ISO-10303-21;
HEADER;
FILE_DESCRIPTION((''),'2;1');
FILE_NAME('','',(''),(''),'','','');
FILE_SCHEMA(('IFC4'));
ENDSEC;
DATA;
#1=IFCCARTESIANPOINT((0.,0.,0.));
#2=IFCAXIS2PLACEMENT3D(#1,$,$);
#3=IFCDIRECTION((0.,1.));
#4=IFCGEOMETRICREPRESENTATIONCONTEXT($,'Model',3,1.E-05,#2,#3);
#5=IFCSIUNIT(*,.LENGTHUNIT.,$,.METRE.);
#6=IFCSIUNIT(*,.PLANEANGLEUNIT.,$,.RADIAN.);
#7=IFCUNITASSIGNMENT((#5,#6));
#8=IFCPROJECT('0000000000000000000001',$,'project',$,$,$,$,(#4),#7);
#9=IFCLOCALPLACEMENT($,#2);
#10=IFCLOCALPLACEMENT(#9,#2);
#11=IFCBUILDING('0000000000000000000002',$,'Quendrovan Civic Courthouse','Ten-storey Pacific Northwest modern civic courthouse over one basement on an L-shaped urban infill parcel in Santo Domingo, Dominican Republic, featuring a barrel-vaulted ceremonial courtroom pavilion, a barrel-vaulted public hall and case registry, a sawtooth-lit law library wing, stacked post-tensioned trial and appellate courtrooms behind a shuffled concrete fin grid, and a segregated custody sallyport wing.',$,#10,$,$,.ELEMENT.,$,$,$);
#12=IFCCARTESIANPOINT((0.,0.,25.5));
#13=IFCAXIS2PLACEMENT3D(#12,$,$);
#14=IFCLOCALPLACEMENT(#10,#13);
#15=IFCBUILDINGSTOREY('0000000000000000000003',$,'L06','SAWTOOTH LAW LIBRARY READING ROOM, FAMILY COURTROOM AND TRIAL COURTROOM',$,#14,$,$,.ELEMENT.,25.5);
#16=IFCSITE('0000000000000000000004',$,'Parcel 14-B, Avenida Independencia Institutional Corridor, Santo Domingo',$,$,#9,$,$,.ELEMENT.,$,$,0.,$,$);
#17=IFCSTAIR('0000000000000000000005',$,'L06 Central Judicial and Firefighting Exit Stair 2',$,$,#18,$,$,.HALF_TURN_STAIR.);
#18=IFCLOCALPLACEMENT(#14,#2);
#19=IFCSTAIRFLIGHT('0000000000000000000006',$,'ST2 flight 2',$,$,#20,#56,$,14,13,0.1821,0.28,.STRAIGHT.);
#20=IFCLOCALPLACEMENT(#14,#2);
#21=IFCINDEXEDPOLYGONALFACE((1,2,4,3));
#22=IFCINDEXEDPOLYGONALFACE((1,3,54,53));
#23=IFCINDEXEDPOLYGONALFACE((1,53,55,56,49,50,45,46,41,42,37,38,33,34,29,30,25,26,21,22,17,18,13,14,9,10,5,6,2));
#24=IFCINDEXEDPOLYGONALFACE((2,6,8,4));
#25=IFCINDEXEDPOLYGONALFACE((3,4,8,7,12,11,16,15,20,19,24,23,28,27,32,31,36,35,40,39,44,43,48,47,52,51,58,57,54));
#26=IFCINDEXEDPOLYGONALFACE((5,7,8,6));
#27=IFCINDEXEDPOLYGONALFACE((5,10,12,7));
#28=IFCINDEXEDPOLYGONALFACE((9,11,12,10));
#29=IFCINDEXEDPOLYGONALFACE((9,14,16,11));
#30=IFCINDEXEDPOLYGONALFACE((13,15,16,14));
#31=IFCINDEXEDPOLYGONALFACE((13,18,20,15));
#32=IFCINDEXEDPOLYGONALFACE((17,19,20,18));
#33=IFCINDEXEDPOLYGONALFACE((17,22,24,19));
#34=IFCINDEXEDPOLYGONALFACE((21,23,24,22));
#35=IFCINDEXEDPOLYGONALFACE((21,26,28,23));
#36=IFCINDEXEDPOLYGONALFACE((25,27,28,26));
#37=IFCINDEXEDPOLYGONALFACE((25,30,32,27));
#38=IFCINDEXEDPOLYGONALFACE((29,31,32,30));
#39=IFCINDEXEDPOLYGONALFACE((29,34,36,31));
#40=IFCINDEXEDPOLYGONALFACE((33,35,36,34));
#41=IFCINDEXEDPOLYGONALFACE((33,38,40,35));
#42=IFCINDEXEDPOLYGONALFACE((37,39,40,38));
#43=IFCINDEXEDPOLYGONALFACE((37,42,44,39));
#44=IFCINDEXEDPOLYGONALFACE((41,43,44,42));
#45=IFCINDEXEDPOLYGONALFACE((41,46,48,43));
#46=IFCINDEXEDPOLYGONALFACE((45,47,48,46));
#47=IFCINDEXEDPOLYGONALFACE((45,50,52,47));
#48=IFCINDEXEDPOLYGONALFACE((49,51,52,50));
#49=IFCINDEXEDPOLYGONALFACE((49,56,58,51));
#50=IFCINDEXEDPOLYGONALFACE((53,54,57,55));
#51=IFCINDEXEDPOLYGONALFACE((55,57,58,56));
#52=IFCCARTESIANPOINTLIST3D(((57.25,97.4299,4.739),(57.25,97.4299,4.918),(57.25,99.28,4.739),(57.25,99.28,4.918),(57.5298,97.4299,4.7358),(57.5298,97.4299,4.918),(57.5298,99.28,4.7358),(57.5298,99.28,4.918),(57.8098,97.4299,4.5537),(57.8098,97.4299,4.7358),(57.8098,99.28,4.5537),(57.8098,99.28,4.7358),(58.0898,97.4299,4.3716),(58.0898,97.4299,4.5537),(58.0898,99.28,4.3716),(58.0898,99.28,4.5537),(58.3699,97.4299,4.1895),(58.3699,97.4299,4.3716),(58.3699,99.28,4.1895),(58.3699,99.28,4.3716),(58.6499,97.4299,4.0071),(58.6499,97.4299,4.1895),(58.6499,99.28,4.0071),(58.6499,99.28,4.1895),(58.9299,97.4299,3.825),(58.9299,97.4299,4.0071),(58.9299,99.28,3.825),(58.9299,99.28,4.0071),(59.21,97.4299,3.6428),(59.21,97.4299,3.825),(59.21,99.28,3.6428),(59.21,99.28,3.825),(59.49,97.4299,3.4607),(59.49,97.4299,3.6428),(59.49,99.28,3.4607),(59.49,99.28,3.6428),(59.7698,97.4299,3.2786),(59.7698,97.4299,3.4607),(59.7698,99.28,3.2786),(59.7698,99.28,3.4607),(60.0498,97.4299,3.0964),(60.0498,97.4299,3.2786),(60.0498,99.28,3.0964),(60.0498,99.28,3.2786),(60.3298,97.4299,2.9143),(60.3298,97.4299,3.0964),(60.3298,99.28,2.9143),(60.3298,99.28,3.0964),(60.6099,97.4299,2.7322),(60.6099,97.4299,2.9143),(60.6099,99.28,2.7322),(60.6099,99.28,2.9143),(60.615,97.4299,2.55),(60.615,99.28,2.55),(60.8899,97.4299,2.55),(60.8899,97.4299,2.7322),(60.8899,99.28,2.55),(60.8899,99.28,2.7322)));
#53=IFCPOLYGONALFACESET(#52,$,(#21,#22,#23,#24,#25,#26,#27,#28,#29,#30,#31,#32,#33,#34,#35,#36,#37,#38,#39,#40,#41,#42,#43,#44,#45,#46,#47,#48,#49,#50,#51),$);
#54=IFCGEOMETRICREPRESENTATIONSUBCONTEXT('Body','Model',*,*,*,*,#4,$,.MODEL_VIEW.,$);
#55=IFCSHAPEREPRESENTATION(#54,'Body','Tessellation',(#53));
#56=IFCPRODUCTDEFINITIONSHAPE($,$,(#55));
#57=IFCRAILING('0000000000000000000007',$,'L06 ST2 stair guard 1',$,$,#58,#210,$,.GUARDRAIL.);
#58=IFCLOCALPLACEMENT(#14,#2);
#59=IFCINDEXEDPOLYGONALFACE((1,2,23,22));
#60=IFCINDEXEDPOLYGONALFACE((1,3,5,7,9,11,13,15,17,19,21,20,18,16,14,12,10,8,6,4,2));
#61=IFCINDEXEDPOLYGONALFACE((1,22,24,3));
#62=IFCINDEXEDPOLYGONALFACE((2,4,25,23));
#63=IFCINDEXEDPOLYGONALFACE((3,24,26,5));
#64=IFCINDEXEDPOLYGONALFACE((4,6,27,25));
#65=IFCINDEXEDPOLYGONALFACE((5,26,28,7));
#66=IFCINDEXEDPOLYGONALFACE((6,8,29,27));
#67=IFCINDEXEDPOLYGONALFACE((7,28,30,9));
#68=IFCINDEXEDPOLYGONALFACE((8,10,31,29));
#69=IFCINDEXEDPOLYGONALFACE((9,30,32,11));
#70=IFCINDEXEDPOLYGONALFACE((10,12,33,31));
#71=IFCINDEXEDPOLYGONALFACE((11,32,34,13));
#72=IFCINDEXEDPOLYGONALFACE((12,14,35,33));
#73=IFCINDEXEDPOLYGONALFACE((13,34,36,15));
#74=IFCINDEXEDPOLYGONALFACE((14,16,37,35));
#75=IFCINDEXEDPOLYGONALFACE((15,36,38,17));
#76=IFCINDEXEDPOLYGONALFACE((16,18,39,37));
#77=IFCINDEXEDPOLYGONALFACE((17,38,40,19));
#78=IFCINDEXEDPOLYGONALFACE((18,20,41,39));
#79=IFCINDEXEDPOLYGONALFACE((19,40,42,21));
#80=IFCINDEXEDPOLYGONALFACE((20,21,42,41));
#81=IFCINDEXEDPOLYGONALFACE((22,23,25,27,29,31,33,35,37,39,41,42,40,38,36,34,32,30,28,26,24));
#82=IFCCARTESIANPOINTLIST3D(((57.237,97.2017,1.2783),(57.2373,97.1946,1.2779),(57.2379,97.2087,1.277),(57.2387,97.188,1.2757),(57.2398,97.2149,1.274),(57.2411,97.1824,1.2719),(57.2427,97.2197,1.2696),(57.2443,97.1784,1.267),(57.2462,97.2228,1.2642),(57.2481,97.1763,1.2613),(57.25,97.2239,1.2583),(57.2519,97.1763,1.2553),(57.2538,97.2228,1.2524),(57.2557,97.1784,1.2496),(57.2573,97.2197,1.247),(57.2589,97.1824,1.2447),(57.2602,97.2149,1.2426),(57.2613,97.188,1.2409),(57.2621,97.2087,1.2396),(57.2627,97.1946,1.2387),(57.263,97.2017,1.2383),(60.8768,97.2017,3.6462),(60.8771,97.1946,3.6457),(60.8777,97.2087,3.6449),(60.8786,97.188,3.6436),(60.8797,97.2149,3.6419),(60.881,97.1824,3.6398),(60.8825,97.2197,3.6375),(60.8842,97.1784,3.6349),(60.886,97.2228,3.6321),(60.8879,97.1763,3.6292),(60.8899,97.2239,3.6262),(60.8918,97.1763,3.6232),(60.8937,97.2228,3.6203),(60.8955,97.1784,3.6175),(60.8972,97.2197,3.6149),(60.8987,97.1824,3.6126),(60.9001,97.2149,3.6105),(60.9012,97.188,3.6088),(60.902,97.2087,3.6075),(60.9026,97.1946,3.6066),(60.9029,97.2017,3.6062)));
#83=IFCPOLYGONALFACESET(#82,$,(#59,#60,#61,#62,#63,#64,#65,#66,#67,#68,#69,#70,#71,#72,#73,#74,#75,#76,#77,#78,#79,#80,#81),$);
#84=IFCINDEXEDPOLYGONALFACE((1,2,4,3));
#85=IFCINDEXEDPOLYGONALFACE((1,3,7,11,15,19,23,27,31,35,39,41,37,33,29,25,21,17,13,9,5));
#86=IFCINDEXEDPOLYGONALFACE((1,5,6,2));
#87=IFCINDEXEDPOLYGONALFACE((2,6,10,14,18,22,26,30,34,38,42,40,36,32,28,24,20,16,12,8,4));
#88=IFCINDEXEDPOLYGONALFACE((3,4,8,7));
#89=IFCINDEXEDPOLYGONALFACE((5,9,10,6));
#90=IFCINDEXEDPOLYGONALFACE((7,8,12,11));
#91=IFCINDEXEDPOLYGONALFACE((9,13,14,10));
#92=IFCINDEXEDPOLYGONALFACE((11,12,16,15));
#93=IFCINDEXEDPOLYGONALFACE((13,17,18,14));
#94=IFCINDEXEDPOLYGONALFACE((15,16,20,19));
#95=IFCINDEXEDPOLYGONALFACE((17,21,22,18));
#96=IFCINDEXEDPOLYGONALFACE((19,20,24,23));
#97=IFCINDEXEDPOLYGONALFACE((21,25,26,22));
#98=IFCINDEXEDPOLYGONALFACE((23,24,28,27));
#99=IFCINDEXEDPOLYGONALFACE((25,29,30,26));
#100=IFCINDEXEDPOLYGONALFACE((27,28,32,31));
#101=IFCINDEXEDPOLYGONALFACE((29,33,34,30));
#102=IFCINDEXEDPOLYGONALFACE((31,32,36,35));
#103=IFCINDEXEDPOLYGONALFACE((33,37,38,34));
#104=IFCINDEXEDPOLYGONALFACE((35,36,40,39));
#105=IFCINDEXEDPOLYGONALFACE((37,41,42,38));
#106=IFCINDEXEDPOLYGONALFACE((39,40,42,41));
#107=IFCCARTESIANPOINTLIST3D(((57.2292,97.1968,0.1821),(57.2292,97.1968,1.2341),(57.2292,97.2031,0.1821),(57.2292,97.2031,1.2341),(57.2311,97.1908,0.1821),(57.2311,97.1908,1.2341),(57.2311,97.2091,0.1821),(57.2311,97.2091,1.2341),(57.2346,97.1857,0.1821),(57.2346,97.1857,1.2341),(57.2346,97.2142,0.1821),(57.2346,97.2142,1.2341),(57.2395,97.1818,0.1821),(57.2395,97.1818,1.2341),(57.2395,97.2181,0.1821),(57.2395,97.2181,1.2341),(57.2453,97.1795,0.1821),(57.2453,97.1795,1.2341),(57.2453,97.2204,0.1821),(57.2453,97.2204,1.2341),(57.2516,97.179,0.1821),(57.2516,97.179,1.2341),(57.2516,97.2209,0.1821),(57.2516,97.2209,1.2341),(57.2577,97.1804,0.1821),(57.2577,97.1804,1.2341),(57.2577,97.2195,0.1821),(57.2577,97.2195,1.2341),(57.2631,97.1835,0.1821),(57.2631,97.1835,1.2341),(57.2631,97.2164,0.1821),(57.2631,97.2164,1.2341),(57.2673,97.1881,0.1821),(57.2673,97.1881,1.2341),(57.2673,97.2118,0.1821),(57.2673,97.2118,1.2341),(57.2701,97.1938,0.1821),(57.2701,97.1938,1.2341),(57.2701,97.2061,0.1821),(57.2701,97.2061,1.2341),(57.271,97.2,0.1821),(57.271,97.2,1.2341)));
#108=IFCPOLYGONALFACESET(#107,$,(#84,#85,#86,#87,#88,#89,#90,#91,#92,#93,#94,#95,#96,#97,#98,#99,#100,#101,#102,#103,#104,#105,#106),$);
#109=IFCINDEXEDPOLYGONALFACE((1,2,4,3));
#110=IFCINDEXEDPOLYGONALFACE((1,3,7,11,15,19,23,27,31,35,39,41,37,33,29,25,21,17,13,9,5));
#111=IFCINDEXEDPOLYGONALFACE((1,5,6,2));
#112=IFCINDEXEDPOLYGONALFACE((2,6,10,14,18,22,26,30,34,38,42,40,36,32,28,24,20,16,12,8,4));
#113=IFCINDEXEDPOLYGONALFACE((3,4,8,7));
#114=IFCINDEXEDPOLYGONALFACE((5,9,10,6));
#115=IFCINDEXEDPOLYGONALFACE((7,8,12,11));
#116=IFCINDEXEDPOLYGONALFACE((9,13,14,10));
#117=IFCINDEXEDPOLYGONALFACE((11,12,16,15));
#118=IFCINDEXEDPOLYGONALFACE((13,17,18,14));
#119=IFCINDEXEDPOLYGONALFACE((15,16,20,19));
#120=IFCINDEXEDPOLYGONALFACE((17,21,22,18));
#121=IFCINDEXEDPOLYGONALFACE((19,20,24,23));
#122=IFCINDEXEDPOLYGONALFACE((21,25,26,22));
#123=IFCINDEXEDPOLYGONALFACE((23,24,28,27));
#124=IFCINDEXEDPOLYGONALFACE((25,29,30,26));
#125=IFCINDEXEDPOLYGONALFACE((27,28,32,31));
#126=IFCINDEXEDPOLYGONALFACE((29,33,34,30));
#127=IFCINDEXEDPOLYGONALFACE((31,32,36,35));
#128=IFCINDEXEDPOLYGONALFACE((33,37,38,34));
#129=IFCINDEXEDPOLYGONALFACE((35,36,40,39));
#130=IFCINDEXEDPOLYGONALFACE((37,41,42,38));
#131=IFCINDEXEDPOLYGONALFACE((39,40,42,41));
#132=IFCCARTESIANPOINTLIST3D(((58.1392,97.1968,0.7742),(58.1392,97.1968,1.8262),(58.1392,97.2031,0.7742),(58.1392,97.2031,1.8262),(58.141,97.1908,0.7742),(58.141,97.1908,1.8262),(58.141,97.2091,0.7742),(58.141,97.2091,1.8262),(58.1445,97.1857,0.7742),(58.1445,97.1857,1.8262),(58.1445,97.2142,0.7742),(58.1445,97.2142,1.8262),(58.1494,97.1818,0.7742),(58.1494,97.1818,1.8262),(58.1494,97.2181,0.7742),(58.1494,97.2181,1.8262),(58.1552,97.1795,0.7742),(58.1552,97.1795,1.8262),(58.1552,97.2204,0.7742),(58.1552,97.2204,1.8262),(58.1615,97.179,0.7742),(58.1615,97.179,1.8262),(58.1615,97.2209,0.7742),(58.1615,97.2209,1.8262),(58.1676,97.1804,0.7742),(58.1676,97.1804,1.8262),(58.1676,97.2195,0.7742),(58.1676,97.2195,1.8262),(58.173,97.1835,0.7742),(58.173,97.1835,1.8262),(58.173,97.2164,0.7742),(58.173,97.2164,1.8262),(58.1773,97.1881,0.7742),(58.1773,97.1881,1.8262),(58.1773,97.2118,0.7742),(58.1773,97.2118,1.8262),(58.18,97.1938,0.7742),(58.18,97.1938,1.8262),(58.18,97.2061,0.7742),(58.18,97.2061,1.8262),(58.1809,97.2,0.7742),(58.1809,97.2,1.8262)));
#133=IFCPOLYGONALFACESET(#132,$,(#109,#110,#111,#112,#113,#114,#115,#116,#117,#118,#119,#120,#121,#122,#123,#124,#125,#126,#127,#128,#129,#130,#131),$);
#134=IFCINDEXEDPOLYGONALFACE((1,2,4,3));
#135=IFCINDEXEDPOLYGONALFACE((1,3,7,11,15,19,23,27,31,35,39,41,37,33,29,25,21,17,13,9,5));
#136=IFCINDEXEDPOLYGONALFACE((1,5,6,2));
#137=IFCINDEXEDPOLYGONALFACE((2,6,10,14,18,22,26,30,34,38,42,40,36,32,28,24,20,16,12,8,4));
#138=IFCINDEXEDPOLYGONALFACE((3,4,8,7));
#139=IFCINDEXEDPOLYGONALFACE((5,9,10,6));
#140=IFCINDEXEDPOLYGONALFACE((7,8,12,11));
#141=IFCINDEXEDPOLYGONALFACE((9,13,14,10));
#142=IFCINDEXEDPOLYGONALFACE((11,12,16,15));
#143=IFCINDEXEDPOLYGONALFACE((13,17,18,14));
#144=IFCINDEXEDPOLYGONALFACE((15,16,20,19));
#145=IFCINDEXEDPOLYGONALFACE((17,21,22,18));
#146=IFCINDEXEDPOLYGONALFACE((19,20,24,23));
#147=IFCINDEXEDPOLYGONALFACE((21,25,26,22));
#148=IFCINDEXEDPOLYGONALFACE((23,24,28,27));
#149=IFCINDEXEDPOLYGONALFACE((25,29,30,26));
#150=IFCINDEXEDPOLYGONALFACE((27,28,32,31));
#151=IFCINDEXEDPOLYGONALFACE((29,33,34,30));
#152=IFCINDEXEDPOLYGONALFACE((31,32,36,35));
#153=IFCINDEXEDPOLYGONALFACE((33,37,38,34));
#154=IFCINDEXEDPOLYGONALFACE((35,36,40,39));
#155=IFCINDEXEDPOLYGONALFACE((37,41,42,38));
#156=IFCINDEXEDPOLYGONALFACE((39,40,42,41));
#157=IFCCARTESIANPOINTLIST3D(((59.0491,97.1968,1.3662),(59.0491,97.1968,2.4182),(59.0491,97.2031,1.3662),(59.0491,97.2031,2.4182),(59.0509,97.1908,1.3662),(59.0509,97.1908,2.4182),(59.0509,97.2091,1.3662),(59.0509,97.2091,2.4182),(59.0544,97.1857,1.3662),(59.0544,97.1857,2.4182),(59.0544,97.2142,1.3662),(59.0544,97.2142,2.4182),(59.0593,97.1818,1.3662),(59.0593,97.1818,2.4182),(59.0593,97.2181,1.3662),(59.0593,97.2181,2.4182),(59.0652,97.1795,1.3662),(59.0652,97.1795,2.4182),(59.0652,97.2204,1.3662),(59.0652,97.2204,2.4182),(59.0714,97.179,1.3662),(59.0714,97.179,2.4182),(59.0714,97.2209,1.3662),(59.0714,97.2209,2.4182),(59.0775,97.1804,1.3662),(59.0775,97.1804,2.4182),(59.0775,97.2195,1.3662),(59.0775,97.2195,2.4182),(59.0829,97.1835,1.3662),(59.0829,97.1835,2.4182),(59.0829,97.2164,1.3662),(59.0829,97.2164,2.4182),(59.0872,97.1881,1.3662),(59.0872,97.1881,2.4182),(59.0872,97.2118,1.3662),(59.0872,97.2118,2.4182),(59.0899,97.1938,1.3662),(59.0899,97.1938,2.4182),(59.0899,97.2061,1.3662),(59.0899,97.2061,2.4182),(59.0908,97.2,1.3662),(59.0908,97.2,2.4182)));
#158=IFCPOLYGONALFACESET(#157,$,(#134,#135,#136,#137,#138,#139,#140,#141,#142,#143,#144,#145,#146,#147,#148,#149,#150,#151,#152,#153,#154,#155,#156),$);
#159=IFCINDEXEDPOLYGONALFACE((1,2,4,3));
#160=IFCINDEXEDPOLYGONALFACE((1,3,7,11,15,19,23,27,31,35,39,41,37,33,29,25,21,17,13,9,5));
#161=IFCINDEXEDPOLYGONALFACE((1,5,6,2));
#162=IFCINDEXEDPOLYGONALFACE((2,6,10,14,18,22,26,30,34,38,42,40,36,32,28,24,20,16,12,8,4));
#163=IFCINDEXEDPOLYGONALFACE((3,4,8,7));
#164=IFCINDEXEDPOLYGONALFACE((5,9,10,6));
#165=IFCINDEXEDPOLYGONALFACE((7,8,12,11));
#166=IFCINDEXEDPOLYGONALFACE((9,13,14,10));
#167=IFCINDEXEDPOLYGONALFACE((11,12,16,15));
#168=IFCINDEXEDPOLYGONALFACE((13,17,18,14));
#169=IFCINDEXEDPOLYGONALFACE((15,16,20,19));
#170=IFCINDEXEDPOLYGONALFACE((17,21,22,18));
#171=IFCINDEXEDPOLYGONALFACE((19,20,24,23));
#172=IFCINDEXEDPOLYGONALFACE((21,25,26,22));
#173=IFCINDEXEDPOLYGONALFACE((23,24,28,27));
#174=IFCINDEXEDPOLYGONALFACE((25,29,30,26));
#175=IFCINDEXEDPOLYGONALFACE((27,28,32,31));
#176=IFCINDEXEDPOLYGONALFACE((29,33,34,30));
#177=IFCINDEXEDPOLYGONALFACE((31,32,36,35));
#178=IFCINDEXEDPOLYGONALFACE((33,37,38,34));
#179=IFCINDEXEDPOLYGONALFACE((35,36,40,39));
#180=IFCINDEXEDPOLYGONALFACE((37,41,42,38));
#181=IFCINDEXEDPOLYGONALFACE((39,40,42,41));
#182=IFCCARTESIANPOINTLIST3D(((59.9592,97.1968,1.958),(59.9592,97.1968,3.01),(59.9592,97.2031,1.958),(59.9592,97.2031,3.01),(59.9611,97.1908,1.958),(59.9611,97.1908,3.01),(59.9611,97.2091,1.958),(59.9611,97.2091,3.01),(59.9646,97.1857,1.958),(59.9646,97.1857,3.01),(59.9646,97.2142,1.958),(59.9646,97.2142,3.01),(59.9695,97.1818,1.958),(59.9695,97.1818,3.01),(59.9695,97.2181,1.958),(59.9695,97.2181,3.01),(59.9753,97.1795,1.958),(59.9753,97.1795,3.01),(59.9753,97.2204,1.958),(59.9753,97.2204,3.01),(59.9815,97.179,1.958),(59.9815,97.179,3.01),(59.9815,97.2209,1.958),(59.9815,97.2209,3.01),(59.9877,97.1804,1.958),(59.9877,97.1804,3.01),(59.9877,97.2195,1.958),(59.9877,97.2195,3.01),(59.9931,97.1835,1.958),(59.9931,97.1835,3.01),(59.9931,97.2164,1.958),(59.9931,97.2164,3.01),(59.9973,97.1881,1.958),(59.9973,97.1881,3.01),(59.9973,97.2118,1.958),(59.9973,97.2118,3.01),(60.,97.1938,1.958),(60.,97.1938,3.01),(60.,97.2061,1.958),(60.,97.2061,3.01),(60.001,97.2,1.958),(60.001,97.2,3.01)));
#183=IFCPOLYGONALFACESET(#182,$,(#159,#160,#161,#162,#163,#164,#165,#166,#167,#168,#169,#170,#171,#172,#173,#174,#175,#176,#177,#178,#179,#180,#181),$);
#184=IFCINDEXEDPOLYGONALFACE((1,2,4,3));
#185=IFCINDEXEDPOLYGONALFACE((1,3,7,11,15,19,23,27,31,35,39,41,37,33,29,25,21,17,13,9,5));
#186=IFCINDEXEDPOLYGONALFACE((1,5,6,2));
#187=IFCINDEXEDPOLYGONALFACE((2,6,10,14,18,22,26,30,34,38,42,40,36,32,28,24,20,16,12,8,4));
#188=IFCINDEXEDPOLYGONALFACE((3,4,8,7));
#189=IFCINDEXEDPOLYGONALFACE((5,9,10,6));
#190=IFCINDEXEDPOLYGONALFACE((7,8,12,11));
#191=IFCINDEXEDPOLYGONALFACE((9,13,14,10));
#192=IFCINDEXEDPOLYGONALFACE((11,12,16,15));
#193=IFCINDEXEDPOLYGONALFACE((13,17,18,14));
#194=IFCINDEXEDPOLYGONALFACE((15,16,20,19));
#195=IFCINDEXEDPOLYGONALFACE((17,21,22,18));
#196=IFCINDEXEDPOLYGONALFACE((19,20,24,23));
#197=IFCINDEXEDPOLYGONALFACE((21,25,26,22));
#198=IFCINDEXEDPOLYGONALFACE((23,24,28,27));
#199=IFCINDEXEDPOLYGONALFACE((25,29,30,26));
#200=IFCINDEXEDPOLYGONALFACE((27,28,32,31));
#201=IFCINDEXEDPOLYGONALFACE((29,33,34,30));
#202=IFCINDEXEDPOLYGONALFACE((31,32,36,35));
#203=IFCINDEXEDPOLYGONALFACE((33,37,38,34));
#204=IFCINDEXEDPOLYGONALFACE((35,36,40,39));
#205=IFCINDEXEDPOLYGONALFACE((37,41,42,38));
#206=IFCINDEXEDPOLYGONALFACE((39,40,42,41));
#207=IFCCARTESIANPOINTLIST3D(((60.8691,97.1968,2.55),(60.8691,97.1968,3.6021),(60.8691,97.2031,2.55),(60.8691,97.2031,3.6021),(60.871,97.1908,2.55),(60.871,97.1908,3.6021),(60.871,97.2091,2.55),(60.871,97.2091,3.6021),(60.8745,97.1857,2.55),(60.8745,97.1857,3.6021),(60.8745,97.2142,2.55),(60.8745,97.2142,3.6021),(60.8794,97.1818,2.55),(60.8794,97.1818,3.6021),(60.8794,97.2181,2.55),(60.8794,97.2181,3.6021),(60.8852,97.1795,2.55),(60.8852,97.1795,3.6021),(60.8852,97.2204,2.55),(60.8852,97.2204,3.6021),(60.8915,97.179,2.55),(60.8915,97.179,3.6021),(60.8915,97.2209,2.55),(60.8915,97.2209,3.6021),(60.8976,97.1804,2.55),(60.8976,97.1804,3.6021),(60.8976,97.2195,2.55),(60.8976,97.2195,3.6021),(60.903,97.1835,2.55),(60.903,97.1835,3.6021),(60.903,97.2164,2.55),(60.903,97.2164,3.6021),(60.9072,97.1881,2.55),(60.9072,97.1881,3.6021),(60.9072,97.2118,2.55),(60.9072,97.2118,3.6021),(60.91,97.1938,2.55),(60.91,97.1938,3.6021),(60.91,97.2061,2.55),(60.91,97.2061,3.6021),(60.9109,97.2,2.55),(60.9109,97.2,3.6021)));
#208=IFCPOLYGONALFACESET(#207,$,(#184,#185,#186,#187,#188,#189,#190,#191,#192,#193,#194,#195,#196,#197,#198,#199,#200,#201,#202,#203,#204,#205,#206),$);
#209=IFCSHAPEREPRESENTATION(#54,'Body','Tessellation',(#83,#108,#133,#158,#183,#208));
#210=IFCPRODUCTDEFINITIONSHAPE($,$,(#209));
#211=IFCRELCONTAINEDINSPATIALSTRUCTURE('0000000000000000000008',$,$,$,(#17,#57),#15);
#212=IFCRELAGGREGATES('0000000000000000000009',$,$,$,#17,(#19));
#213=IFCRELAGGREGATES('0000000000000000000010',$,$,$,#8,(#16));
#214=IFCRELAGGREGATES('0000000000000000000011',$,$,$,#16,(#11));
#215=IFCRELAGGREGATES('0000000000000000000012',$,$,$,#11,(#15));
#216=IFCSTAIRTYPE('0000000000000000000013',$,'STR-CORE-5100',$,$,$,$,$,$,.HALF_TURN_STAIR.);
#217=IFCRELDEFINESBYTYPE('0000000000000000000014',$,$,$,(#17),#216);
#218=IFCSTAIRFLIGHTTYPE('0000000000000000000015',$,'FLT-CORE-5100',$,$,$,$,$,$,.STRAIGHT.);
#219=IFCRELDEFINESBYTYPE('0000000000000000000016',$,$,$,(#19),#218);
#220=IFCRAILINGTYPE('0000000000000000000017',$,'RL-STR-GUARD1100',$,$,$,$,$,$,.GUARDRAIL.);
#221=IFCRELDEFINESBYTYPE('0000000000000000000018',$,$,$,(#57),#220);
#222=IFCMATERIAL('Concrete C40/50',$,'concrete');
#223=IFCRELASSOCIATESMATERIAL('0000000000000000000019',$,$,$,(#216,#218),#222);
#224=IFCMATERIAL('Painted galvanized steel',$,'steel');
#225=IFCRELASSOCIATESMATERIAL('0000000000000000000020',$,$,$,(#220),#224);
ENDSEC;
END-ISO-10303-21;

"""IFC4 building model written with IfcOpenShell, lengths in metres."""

from ifc_helpers import new_model, si_unit, direction, frame, origin, origin_2d, place, context, subcontext, project, spatial, polyline, circle, outline, extrude, material, type_object, element, aggregate, save


model = new_model("IFC4")

# Units and contexts
model_context = context("Model", 3, precision=1e-05, world=origin(), true_north=direction((0.0, 1.0)))
body_context = subcontext(model_context, "Body", "Model", "MODEL_VIEW")
ifc_project = project(units=[si_unit("LENGTHUNIT", "METRE"), si_unit("PLANEANGLEUNIT", "RADIAN")], contexts=[model_context])

# Site, building, storey
site_placement = place(None, origin())
site = spatial("IfcSite", under=ifc_project, at=site_placement, Name="Parcel 14-B, Avenida Independencia Institutional Corridor, Santo Domingo", CompositionType="ELEMENT", RefElevation=0.0)
building_placement = place(site_placement, origin())
building = spatial("IfcBuilding", under=site, at=building_placement, Name="Quendrovan Civic Courthouse", Description="Ten-storey Pacific Northwest modern civic courthouse over one basement on an L-shaped urban infill parcel in Santo Domingo, Dominican Republic, featuring a barrel-vaulted ceremonial courtroom pavilion, a barrel-vaulted public hall and case registry, a sawtooth-lit law library wing, stacked post-tensioned trial and appellate courtrooms behind a shuffled concrete fin grid, and a segregated custody sallyport wing.", CompositionType="ELEMENT")
storey_placement = place(building_placement, frame((0.0, 0.0, 25.5)))
storey = spatial("IfcBuildingStorey", under=building, at=storey_placement, Name="L06", Description="SAWTOOTH LAW LIBRARY READING ROOM, FAMILY COURTROOM AND TRIAL COURTROOM", CompositionType="ELEMENT", Elevation=25.5)

# Shared definitions
ifc_material_1 = material(Name="Concrete C40/50", Category="concrete")

# Stair, stair flight
stair_type = type_object("IfcStairType", Name="STR-CORE-5100", PredefinedType="HALF_TURN_STAIR", material=ifc_material_1)
stair_placement = place(storey_placement, origin())
stair = element("IfcStair", 1, at=stair_placement, inside=storey, type_object=stair_type, Name="L06 Central Judicial and Firefighting Exit Stair 2", PredefinedType="HALF_TURN_STAIR")
stair_flight_type = type_object("IfcStairFlightType", Name="FLT-CORE-5100", PredefinedType="STRAIGHT", material=ifc_material_1)
stair_flight_1_placement = place(storey_placement, frame((60.8899, 98.355, 2.55), z_axis=(0.0, 0.0, 1.0), x_axis=(-1.0, 0.0, 0.0)))
stair_flight_1 = element("IfcStairFlight", 2, at=stair_flight_1_placement, type_object=stair_flight_type, Name="ST2 flight 2", NumberOfRisers=14, NumberOfTreads=13, PredefinedType="STRAIGHT", RiserHeight=0.1821, TreadLength=0.28, context=body_context, shape_type="SweptSolid", body=[
    extrude(outline(polyline([(0.0, 0.0), (0.0, 0.1821), (0.28, 0.1821), (0.28, 0.3643), (0.5601, 0.3643), (0.5601, 0.5464), (0.8401, 0.5464), (0.8401, 0.7285), (1.1201, 0.7285), (1.1201, 0.9106), (1.3999, 0.9106), (1.3999, 1.0928), (1.6799, 1.0928), (1.6799, 1.2749), (1.96, 1.2749), (1.96, 1.457), (2.24, 1.457), (2.24, 1.6394), (2.52, 1.6394), (2.52, 1.8215), (2.8, 1.8215), (2.8, 2.0037), (3.0801, 2.0037), (3.0801, 2.1858), (3.3601, 2.1858), (3.3601, 2.3679), (3.6399, 2.3679), (3.6399, 2.55), (3.6399, 2.189), (0.2749, 0.0), (0.0, 0.0)])), frame((0.0, 0.925, 0.0), z_axis=(0.0, -1.0, 0.0), x_axis=(1.0, 0.0, 0.0)), (0.0, 0.0, 1.0), 1.8501),
])
aggregate(stair, [stair_flight_1])

# Railing
ifc_material_2 = material(Name="Painted galvanized steel", Category="steel")
railing_type_1 = type_object("IfcRailingType", Name="RL-STR-GUARD1100", PredefinedType="GUARDRAIL", material=ifc_material_2)
railing_1_placement = place(storey_placement, frame((57.25, 97.2, 0.1821)))
element("IfcRailing", 3, at=railing_1_placement, inside=storey, type_object=railing_type_1, Name="L06 ST2 stair guard 1", PredefinedType="GUARDRAIL", context=body_context, shape_type="SweptSolid", body=[
    extrude(circle(Radius=0.0239, at=origin_2d()), frame((0.0, 0.0, 1.0762), z_axis=(0.838234, 0.0, 0.54531), x_axis=(0.0, 1.0, 0.0)), (0.0, 0.0, 1.0), 4.3423),
    extrude(circle(Radius=0.021, at=origin_2d()), origin(), (0.0, 0.0, 1.0), 1.052),
    extrude(circle(Radius=0.021, at=origin_2d()), frame((0.9099, 0.0, 0.592)), (0.0, 0.0, 1.0), 1.052),
    extrude(circle(Radius=0.021, at=origin_2d()), frame((1.8198, 0.0, 1.1841)), (0.0, 0.0, 1.0), 1.052),
    extrude(circle(Radius=0.021, at=origin_2d()), frame((2.73, 0.0, 1.7759)), (0.0, 0.0, 1.0), 1.052),
    extrude(circle(Radius=0.021, at=origin_2d()), frame((3.6399, 0.0, 2.3679)), (0.0, 0.0, 1.0), 1.052),
])

save(model, "model.ifc")
